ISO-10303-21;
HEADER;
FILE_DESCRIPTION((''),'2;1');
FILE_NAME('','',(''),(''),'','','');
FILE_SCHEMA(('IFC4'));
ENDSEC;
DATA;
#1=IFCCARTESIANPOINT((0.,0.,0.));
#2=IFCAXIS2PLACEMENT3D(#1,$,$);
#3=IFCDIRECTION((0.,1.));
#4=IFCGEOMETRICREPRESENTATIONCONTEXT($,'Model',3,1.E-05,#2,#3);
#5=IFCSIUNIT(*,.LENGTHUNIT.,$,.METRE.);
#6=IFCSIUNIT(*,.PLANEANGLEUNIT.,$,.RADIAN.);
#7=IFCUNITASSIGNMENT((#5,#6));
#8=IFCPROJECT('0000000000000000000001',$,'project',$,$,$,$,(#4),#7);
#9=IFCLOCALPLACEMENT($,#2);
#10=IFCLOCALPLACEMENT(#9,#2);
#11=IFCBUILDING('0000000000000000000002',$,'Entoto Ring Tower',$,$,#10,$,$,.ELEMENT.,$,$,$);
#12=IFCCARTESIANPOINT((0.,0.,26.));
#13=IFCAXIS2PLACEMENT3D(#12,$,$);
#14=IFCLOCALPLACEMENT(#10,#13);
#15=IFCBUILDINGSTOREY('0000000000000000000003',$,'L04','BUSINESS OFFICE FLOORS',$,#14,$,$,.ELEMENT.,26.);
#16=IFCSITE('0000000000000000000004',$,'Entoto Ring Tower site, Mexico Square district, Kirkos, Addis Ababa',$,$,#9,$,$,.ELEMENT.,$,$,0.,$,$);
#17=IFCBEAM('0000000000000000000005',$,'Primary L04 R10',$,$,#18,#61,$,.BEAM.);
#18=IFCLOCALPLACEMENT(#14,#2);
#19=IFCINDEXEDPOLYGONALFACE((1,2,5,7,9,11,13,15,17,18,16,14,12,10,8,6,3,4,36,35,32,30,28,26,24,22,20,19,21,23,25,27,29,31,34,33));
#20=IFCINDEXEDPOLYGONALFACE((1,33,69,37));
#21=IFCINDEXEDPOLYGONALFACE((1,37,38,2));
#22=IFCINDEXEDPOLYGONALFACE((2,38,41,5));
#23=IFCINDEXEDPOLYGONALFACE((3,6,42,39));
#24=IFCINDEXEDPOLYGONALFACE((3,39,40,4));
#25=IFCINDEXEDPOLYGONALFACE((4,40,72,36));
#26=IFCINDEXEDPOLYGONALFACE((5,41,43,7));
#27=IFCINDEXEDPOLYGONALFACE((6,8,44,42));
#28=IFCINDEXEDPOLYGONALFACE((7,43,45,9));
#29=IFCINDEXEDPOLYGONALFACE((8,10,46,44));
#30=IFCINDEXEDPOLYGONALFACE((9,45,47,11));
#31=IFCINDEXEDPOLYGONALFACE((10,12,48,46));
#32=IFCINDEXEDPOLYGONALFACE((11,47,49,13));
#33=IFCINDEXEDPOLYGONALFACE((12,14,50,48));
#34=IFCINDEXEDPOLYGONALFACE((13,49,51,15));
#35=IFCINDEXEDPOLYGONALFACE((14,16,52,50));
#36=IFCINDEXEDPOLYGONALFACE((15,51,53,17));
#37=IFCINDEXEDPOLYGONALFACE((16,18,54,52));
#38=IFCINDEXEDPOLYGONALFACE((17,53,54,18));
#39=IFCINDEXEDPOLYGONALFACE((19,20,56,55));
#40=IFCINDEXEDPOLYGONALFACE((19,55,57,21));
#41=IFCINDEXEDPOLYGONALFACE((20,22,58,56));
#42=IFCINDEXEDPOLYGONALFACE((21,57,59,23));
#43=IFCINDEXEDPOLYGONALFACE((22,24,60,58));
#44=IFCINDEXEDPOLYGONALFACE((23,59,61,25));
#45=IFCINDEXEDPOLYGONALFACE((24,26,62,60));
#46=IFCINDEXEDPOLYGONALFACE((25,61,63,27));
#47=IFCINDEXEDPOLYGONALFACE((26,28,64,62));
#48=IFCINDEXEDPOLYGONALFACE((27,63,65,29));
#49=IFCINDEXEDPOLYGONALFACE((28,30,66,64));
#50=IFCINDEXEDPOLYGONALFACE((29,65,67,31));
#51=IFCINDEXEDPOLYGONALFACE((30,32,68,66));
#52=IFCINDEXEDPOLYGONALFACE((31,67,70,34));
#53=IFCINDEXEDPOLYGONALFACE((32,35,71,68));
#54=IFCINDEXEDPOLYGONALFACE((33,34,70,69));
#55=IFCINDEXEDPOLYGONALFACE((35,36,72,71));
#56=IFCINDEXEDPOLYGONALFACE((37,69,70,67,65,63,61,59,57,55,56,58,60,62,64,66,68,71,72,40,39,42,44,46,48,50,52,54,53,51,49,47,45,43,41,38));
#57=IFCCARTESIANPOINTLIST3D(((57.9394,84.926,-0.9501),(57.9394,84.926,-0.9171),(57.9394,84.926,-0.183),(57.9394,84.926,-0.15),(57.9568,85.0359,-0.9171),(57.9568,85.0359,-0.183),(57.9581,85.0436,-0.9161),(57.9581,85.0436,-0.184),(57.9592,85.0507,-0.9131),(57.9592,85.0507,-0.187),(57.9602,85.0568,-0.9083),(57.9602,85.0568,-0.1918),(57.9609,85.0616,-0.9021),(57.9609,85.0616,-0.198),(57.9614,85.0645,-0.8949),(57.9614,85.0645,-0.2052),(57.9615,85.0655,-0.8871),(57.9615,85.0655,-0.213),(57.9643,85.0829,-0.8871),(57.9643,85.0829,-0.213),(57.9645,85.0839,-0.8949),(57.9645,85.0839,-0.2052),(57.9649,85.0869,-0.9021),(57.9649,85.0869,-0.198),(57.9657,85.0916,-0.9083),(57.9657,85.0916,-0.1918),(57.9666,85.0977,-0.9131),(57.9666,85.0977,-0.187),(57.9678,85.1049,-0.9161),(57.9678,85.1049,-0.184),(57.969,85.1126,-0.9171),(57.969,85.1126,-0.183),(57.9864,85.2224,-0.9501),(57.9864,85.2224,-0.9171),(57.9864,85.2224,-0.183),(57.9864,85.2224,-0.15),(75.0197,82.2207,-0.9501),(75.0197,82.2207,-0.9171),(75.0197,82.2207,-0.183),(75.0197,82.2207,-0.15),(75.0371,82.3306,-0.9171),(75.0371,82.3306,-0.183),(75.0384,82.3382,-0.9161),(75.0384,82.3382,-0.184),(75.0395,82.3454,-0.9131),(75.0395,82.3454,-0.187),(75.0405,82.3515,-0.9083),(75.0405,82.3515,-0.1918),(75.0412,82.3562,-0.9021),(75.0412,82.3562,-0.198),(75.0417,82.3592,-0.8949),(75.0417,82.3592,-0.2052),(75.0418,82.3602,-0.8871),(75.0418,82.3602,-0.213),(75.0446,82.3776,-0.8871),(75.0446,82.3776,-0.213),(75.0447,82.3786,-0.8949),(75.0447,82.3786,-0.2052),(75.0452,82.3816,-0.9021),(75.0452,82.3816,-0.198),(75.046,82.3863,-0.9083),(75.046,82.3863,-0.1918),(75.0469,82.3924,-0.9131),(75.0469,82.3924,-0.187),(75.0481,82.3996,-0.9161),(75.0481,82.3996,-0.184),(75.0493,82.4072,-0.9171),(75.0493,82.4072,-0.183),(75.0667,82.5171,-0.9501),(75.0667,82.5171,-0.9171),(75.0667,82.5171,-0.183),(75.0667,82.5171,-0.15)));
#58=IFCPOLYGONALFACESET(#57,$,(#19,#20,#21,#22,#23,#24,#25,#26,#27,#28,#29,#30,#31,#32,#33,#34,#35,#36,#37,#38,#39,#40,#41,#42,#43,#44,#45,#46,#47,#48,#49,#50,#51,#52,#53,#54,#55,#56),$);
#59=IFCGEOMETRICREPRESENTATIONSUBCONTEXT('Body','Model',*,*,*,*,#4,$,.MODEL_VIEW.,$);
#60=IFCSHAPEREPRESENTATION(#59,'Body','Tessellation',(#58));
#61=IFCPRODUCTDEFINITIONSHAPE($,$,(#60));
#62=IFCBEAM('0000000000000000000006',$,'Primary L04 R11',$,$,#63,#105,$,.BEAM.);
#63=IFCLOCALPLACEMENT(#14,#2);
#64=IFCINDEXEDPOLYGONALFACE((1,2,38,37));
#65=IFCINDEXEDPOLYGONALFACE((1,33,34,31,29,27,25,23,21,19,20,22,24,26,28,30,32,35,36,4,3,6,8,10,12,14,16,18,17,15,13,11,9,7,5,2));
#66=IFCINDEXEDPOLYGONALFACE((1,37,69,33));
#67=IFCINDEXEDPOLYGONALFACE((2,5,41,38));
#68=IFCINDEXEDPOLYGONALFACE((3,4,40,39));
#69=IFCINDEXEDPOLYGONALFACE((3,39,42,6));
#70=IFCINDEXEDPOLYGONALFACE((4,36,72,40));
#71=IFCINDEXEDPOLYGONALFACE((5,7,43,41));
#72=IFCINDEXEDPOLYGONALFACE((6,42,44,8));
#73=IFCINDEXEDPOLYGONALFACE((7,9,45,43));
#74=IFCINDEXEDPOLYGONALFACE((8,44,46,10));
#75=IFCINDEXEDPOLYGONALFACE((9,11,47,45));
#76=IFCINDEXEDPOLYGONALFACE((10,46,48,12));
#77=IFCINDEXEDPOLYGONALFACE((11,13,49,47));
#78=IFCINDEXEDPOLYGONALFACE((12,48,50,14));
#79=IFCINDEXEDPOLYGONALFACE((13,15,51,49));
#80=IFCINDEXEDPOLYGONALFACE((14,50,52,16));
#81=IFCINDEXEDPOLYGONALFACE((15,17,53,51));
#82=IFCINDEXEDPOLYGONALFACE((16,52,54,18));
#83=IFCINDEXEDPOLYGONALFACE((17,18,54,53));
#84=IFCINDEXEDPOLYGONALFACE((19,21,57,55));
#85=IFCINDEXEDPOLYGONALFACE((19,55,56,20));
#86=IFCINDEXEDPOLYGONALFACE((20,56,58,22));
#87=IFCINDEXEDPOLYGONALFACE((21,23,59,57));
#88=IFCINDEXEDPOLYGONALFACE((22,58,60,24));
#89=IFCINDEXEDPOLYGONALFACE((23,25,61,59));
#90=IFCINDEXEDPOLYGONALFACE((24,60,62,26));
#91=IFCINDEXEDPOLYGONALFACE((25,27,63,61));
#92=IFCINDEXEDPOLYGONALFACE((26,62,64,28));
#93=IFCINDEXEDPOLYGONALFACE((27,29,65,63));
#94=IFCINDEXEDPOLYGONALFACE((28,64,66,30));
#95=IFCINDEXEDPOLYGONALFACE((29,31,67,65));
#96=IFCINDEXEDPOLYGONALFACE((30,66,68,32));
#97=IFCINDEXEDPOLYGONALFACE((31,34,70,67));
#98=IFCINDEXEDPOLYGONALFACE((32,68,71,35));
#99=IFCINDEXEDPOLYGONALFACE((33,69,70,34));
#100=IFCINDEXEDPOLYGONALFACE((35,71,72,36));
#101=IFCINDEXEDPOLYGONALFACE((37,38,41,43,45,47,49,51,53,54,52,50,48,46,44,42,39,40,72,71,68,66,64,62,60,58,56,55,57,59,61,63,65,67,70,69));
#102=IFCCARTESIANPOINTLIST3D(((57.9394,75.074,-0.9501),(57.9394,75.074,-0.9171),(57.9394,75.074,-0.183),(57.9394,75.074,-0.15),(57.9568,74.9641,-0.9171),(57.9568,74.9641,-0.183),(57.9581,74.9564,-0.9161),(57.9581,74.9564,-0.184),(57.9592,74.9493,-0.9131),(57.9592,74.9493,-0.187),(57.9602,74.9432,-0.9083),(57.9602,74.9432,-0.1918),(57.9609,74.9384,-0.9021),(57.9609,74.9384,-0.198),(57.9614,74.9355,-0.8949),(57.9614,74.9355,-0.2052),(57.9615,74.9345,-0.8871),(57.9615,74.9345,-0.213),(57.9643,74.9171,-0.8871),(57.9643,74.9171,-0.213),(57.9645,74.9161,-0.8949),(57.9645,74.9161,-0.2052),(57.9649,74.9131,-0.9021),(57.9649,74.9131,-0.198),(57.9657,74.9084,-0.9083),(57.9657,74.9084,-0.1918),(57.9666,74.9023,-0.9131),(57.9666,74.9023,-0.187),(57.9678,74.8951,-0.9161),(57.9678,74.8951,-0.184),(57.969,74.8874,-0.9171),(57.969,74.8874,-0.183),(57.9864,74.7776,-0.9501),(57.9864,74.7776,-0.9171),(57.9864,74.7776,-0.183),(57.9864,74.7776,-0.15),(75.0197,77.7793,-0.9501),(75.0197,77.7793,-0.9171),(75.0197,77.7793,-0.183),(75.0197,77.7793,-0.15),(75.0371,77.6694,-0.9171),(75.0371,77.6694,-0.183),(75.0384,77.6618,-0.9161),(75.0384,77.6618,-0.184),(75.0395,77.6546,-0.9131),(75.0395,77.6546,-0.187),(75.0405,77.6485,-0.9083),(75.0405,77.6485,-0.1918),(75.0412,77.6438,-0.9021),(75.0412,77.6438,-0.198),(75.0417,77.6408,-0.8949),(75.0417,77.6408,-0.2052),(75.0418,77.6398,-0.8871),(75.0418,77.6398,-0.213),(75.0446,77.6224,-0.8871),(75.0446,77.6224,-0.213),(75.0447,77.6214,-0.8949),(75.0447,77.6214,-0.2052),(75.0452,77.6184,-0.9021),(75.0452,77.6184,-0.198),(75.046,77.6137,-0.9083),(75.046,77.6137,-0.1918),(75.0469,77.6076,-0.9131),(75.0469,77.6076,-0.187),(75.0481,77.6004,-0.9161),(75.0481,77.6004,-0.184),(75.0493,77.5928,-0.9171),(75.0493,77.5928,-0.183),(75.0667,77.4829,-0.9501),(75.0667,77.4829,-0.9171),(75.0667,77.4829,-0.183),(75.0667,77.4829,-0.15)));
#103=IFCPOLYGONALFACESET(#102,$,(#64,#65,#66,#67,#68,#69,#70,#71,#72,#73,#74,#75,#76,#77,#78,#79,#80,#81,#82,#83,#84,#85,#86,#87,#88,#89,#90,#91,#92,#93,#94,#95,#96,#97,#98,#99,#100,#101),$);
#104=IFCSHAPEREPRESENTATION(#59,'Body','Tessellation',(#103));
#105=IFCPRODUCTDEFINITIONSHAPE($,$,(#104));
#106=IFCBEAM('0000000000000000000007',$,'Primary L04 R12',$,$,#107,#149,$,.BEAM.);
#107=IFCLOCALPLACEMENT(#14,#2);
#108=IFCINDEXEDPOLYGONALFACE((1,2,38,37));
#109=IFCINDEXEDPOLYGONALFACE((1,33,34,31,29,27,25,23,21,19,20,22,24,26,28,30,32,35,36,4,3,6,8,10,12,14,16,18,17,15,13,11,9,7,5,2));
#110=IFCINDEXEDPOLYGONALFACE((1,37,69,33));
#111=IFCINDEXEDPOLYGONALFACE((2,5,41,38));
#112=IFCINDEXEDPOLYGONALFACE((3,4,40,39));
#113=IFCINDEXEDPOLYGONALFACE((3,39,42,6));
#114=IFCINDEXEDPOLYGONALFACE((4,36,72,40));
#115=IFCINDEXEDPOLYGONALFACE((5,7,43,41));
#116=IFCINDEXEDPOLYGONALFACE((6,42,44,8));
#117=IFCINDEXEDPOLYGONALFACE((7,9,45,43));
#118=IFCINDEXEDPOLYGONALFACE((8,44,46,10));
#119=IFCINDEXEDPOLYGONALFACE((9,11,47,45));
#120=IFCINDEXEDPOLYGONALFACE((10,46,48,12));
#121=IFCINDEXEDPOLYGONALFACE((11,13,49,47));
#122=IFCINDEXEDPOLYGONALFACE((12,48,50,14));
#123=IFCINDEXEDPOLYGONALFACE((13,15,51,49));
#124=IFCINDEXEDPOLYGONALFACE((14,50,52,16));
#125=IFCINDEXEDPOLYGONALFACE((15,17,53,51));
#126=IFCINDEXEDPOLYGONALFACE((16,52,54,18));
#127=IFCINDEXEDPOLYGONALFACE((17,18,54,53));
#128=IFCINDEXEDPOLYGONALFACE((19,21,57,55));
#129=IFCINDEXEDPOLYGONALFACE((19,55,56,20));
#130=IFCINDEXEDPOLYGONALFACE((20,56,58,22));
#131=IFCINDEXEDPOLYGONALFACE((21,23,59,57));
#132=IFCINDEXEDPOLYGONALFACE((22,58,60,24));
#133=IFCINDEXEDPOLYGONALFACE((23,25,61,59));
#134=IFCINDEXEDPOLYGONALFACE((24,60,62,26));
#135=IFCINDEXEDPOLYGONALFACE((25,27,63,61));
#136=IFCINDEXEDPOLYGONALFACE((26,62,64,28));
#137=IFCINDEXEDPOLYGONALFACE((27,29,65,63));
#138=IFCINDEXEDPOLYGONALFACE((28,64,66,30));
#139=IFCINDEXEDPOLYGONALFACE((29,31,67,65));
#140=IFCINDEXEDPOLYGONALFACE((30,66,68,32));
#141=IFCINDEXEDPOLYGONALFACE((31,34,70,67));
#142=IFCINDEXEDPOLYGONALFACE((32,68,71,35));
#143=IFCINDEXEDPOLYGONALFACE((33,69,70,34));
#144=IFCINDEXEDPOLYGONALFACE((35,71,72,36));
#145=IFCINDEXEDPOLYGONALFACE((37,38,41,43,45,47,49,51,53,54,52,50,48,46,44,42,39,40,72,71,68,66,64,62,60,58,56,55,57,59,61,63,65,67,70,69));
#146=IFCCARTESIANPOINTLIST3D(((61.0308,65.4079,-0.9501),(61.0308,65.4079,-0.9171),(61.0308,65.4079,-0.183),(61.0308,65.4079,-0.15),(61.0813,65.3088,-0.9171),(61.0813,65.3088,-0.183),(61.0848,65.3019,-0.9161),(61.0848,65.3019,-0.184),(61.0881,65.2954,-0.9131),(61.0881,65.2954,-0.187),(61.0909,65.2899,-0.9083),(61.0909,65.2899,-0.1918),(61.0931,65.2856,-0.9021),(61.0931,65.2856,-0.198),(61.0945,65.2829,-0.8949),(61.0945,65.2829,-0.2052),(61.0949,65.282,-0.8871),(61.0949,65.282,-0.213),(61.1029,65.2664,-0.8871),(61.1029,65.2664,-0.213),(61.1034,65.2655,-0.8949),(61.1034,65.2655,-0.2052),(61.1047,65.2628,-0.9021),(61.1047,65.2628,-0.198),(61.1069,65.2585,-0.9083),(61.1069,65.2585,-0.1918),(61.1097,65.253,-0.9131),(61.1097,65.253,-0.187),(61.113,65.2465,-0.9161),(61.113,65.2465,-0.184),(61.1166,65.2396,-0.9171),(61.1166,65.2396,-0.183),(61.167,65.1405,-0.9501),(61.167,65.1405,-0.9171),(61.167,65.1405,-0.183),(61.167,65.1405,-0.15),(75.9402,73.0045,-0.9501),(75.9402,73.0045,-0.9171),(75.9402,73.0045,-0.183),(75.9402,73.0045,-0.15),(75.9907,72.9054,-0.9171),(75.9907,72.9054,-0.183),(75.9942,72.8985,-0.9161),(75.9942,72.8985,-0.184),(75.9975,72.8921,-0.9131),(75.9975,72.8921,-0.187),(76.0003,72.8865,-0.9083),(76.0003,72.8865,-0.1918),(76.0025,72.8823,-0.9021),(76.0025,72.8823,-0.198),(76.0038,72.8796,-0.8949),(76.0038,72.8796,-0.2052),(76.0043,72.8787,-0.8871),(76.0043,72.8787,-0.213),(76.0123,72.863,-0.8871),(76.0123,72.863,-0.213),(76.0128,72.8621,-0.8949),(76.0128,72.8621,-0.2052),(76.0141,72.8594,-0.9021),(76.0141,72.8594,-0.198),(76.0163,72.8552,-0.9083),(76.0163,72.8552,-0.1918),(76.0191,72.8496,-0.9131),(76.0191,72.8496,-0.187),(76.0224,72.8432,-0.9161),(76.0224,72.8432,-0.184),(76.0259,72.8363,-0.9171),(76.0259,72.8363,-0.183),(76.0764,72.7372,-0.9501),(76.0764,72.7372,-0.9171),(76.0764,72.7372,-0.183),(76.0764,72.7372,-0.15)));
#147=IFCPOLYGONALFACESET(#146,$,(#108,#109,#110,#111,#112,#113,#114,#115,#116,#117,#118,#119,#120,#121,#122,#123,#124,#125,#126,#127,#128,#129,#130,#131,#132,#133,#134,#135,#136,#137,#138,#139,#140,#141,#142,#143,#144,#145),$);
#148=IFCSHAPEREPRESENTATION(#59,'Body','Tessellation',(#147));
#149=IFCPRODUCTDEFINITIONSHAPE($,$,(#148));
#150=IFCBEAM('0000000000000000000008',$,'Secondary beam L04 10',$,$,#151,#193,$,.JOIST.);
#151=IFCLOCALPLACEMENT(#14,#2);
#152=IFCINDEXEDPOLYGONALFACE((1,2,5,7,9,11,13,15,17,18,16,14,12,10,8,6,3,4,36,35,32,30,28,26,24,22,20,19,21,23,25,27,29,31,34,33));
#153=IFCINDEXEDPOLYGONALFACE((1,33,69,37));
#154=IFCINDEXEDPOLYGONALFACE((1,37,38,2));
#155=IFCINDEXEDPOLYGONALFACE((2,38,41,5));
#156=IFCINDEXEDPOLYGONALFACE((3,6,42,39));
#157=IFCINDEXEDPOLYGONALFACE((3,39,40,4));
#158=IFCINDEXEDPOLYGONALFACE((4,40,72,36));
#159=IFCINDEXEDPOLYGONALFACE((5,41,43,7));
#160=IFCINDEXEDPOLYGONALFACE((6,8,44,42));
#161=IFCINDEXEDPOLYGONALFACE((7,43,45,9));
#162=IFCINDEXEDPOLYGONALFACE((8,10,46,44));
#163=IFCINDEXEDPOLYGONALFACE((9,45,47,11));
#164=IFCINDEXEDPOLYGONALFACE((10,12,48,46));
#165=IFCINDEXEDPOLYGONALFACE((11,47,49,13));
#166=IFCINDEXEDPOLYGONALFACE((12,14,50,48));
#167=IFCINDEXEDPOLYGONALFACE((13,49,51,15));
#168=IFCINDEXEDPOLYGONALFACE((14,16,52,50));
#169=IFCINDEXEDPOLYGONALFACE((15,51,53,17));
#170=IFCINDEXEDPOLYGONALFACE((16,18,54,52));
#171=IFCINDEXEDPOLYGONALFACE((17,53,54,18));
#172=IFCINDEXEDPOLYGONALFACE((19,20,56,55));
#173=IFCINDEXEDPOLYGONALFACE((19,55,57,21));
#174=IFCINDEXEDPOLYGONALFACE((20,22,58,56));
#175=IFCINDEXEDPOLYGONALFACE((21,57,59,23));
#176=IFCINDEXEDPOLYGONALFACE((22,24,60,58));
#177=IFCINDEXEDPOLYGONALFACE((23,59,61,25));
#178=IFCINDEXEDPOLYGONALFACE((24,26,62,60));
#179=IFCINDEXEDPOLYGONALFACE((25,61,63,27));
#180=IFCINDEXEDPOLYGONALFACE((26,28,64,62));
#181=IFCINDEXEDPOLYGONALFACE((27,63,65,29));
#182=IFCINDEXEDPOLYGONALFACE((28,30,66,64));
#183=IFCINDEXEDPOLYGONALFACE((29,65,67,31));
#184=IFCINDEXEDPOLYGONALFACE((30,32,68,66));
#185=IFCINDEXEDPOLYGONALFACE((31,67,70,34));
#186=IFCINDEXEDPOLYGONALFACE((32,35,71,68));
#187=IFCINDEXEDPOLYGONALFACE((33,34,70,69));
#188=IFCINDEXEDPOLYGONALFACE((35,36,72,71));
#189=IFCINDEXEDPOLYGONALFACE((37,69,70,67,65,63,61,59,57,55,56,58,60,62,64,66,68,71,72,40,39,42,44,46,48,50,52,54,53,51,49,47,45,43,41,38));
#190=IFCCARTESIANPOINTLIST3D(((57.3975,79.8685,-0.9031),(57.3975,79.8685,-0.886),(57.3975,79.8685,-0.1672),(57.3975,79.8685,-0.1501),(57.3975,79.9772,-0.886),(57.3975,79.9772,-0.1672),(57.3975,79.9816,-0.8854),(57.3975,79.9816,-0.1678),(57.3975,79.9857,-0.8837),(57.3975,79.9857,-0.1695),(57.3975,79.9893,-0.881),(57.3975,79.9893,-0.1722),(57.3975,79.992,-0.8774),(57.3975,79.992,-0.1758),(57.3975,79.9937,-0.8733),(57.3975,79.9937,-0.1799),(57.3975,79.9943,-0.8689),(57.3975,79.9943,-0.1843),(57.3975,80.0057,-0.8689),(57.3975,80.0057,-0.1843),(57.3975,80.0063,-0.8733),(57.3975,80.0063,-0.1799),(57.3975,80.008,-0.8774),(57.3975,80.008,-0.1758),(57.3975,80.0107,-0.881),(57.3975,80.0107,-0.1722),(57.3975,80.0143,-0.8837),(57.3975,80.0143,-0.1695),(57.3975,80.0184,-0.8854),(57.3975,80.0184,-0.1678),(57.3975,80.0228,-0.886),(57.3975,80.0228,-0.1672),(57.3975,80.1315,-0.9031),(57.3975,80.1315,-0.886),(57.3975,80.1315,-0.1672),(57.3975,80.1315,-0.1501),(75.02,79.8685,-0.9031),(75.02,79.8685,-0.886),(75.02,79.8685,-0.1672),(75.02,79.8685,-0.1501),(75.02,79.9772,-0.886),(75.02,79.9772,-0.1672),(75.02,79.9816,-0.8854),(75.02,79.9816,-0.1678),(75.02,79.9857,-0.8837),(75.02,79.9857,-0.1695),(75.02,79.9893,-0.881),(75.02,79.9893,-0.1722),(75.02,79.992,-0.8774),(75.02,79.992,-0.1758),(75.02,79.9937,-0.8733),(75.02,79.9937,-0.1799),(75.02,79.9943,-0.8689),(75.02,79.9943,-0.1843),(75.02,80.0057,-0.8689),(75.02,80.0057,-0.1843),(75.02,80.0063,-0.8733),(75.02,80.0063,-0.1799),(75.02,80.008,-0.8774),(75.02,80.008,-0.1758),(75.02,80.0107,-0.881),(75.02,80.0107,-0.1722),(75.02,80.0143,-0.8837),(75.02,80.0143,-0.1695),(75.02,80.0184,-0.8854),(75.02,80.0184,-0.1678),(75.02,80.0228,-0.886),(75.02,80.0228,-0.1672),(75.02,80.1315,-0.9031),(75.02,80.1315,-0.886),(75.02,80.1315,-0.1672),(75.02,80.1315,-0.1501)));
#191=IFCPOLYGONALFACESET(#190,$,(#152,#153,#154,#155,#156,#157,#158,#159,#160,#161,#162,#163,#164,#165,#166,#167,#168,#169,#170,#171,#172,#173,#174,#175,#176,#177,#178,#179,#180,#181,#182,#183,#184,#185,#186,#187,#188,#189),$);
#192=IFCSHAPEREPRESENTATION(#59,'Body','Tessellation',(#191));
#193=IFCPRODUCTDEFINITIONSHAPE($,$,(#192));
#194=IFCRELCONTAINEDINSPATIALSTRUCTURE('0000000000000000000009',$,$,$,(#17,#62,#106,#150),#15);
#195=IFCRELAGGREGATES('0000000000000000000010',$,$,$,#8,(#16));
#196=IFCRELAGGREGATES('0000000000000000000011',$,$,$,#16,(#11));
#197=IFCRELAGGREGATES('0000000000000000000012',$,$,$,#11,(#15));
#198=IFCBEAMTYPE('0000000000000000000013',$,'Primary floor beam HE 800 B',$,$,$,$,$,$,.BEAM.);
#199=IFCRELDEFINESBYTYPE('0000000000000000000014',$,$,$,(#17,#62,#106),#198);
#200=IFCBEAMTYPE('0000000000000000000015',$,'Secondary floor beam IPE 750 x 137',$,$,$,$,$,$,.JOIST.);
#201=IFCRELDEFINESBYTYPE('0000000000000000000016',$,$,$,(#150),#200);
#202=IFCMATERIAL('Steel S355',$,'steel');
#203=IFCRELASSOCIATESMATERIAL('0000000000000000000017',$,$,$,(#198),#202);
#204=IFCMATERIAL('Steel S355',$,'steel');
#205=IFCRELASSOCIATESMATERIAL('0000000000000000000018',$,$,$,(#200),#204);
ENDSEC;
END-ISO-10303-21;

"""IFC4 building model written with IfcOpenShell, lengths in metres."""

from ifc_helpers import new_model, si_unit, direction, frame, origin, origin_2d, place, context, subcontext, project, spatial, i_section, extrude, material, material_profile, profile_set, type_object, element, save


model = new_model("IFC4")

# Units and contexts
model_context = context("Model", 3, precision=1e-05, world=origin(), true_north=direction((0.0, 1.0)))
body_context = subcontext(model_context, "Body", "Model", "MODEL_VIEW")
ifc_project = project(units=[si_unit("LENGTHUNIT", "METRE"), si_unit("PLANEANGLEUNIT", "RADIAN")], contexts=[model_context])

# Site, building, storey
site_placement = place(None, origin())
site = spatial("IfcSite", under=ifc_project, at=site_placement, Name="Entoto Ring Tower site, Mexico Square district, Kirkos, Addis Ababa", CompositionType="ELEMENT", RefElevation=0.0)
building_placement = place(site_placement, origin())
building = spatial("IfcBuilding", under=site, at=building_placement, Name="Entoto Ring Tower", CompositionType="ELEMENT")
storey_placement = place(building_placement, frame((0.0, 0.0, 26.0)))
storey = spatial("IfcBuildingStorey", under=building, at=storey_placement, Name="L04", Description="BUSINESS OFFICE FLOORS", CompositionType="ELEMENT", Elevation=26.0)

# Beams
ifc_material_1 = material(Name="Steel S355", Category="steel")
ifc_material_profile_1 = material_profile(ifc_material_1, i_section(OverallWidth=0.3, OverallDepth=0.8, WebThickness=0.0176, FlangeThickness=0.033, FilletRadius=0.03, at=origin_2d()), Name="HE 800 B")
ifc_profile_set_1 = profile_set([ifc_material_profile_1], Name="Steel S355")
beam_type_1 = type_object("IfcBeamType", Name="Primary floor beam HE 800 B", PredefinedType="BEAM", material=ifc_profile_set_1)
for number, where, z_axis, x_axis, name in (
    (1, (75.0432, 82.3689, -0.55), (-0.987688, 0.156438, 0.0), (-0.156438, -0.987688, 0.0), "Primary L04 R10"),
    (2, (75.0432, 77.6311, -0.55), (-0.987688, -0.156438, 0.0), (0.156438, -0.987688, 0.0), "Primary L04 R11"),
):
    element("IfcBeam", number, at=place(storey_placement, frame(where, z_axis=z_axis, x_axis=x_axis)), inside=storey, type_object=beam_type_1, Name=name, PredefinedType="BEAM", context=body_context, shape_type="SweptSolid", body=[
        extrude(i_section(OverallWidth=0.3, OverallDepth=0.8, WebThickness=0.0176, FlangeThickness=0.033, FilletRadius=0.03, at=origin_2d()), origin(), (0.0, 0.0, 1.0), 17.2932),
    ])
beam_1_placement = place(storey_placement, frame((76.0083, 72.8708, -0.55), z_axis=(-0.891008, -0.453988, 0.0), x_axis=(0.453988, -0.891008, 0.0)))
element("IfcBeam", 3, at=beam_1_placement, inside=storey, type_object=beam_type_1, Name="Primary L04 R12", PredefinedType="BEAM", context=body_context, shape_type="SweptSolid", body=[
    extrude(i_section(OverallWidth=0.3, OverallDepth=0.8, WebThickness=0.0176, FlangeThickness=0.033, FilletRadius=0.03, at=origin_2d()), origin(), (0.0, 0.0, 1.0), 16.7332),
])
ifc_material_2 = material(Name="Steel S355", Category="steel")
ifc_material_profile_2 = material_profile(ifc_material_2, i_section(OverallWidth=0.2629, OverallDepth=0.7529, WebThickness=0.0115, FlangeThickness=0.0171, FilletRadius=0.0171, at=origin_2d()), Name="IPE 750 x 137")
ifc_profile_set_2 = profile_set([ifc_material_profile_2], Name="Steel S355")
beam_type_2 = type_object("IfcBeamType", Name="Secondary floor beam IPE 750 x 137", PredefinedType="JOIST", material=ifc_profile_set_2)
beam_2_placement = place(storey_placement, frame((75.02, 80.0, -0.5266), z_axis=(-1.0, 0.0, 0.0), x_axis=(0.0, -1.0, 0.0)))
element("IfcBeam", 4, at=beam_2_placement, inside=storey, type_object=beam_type_2, Name="Secondary beam L04 10", PredefinedType="JOIST", context=body_context, shape_type="SweptSolid", body=[
    extrude(i_section(OverallWidth=0.2629, OverallDepth=0.7529, WebThickness=0.0115, FlangeThickness=0.0171, FilletRadius=0.0171, at=origin_2d()), origin(), (0.0, 0.0, 1.0), 17.6226),
])

save(model, "model.ifc")
